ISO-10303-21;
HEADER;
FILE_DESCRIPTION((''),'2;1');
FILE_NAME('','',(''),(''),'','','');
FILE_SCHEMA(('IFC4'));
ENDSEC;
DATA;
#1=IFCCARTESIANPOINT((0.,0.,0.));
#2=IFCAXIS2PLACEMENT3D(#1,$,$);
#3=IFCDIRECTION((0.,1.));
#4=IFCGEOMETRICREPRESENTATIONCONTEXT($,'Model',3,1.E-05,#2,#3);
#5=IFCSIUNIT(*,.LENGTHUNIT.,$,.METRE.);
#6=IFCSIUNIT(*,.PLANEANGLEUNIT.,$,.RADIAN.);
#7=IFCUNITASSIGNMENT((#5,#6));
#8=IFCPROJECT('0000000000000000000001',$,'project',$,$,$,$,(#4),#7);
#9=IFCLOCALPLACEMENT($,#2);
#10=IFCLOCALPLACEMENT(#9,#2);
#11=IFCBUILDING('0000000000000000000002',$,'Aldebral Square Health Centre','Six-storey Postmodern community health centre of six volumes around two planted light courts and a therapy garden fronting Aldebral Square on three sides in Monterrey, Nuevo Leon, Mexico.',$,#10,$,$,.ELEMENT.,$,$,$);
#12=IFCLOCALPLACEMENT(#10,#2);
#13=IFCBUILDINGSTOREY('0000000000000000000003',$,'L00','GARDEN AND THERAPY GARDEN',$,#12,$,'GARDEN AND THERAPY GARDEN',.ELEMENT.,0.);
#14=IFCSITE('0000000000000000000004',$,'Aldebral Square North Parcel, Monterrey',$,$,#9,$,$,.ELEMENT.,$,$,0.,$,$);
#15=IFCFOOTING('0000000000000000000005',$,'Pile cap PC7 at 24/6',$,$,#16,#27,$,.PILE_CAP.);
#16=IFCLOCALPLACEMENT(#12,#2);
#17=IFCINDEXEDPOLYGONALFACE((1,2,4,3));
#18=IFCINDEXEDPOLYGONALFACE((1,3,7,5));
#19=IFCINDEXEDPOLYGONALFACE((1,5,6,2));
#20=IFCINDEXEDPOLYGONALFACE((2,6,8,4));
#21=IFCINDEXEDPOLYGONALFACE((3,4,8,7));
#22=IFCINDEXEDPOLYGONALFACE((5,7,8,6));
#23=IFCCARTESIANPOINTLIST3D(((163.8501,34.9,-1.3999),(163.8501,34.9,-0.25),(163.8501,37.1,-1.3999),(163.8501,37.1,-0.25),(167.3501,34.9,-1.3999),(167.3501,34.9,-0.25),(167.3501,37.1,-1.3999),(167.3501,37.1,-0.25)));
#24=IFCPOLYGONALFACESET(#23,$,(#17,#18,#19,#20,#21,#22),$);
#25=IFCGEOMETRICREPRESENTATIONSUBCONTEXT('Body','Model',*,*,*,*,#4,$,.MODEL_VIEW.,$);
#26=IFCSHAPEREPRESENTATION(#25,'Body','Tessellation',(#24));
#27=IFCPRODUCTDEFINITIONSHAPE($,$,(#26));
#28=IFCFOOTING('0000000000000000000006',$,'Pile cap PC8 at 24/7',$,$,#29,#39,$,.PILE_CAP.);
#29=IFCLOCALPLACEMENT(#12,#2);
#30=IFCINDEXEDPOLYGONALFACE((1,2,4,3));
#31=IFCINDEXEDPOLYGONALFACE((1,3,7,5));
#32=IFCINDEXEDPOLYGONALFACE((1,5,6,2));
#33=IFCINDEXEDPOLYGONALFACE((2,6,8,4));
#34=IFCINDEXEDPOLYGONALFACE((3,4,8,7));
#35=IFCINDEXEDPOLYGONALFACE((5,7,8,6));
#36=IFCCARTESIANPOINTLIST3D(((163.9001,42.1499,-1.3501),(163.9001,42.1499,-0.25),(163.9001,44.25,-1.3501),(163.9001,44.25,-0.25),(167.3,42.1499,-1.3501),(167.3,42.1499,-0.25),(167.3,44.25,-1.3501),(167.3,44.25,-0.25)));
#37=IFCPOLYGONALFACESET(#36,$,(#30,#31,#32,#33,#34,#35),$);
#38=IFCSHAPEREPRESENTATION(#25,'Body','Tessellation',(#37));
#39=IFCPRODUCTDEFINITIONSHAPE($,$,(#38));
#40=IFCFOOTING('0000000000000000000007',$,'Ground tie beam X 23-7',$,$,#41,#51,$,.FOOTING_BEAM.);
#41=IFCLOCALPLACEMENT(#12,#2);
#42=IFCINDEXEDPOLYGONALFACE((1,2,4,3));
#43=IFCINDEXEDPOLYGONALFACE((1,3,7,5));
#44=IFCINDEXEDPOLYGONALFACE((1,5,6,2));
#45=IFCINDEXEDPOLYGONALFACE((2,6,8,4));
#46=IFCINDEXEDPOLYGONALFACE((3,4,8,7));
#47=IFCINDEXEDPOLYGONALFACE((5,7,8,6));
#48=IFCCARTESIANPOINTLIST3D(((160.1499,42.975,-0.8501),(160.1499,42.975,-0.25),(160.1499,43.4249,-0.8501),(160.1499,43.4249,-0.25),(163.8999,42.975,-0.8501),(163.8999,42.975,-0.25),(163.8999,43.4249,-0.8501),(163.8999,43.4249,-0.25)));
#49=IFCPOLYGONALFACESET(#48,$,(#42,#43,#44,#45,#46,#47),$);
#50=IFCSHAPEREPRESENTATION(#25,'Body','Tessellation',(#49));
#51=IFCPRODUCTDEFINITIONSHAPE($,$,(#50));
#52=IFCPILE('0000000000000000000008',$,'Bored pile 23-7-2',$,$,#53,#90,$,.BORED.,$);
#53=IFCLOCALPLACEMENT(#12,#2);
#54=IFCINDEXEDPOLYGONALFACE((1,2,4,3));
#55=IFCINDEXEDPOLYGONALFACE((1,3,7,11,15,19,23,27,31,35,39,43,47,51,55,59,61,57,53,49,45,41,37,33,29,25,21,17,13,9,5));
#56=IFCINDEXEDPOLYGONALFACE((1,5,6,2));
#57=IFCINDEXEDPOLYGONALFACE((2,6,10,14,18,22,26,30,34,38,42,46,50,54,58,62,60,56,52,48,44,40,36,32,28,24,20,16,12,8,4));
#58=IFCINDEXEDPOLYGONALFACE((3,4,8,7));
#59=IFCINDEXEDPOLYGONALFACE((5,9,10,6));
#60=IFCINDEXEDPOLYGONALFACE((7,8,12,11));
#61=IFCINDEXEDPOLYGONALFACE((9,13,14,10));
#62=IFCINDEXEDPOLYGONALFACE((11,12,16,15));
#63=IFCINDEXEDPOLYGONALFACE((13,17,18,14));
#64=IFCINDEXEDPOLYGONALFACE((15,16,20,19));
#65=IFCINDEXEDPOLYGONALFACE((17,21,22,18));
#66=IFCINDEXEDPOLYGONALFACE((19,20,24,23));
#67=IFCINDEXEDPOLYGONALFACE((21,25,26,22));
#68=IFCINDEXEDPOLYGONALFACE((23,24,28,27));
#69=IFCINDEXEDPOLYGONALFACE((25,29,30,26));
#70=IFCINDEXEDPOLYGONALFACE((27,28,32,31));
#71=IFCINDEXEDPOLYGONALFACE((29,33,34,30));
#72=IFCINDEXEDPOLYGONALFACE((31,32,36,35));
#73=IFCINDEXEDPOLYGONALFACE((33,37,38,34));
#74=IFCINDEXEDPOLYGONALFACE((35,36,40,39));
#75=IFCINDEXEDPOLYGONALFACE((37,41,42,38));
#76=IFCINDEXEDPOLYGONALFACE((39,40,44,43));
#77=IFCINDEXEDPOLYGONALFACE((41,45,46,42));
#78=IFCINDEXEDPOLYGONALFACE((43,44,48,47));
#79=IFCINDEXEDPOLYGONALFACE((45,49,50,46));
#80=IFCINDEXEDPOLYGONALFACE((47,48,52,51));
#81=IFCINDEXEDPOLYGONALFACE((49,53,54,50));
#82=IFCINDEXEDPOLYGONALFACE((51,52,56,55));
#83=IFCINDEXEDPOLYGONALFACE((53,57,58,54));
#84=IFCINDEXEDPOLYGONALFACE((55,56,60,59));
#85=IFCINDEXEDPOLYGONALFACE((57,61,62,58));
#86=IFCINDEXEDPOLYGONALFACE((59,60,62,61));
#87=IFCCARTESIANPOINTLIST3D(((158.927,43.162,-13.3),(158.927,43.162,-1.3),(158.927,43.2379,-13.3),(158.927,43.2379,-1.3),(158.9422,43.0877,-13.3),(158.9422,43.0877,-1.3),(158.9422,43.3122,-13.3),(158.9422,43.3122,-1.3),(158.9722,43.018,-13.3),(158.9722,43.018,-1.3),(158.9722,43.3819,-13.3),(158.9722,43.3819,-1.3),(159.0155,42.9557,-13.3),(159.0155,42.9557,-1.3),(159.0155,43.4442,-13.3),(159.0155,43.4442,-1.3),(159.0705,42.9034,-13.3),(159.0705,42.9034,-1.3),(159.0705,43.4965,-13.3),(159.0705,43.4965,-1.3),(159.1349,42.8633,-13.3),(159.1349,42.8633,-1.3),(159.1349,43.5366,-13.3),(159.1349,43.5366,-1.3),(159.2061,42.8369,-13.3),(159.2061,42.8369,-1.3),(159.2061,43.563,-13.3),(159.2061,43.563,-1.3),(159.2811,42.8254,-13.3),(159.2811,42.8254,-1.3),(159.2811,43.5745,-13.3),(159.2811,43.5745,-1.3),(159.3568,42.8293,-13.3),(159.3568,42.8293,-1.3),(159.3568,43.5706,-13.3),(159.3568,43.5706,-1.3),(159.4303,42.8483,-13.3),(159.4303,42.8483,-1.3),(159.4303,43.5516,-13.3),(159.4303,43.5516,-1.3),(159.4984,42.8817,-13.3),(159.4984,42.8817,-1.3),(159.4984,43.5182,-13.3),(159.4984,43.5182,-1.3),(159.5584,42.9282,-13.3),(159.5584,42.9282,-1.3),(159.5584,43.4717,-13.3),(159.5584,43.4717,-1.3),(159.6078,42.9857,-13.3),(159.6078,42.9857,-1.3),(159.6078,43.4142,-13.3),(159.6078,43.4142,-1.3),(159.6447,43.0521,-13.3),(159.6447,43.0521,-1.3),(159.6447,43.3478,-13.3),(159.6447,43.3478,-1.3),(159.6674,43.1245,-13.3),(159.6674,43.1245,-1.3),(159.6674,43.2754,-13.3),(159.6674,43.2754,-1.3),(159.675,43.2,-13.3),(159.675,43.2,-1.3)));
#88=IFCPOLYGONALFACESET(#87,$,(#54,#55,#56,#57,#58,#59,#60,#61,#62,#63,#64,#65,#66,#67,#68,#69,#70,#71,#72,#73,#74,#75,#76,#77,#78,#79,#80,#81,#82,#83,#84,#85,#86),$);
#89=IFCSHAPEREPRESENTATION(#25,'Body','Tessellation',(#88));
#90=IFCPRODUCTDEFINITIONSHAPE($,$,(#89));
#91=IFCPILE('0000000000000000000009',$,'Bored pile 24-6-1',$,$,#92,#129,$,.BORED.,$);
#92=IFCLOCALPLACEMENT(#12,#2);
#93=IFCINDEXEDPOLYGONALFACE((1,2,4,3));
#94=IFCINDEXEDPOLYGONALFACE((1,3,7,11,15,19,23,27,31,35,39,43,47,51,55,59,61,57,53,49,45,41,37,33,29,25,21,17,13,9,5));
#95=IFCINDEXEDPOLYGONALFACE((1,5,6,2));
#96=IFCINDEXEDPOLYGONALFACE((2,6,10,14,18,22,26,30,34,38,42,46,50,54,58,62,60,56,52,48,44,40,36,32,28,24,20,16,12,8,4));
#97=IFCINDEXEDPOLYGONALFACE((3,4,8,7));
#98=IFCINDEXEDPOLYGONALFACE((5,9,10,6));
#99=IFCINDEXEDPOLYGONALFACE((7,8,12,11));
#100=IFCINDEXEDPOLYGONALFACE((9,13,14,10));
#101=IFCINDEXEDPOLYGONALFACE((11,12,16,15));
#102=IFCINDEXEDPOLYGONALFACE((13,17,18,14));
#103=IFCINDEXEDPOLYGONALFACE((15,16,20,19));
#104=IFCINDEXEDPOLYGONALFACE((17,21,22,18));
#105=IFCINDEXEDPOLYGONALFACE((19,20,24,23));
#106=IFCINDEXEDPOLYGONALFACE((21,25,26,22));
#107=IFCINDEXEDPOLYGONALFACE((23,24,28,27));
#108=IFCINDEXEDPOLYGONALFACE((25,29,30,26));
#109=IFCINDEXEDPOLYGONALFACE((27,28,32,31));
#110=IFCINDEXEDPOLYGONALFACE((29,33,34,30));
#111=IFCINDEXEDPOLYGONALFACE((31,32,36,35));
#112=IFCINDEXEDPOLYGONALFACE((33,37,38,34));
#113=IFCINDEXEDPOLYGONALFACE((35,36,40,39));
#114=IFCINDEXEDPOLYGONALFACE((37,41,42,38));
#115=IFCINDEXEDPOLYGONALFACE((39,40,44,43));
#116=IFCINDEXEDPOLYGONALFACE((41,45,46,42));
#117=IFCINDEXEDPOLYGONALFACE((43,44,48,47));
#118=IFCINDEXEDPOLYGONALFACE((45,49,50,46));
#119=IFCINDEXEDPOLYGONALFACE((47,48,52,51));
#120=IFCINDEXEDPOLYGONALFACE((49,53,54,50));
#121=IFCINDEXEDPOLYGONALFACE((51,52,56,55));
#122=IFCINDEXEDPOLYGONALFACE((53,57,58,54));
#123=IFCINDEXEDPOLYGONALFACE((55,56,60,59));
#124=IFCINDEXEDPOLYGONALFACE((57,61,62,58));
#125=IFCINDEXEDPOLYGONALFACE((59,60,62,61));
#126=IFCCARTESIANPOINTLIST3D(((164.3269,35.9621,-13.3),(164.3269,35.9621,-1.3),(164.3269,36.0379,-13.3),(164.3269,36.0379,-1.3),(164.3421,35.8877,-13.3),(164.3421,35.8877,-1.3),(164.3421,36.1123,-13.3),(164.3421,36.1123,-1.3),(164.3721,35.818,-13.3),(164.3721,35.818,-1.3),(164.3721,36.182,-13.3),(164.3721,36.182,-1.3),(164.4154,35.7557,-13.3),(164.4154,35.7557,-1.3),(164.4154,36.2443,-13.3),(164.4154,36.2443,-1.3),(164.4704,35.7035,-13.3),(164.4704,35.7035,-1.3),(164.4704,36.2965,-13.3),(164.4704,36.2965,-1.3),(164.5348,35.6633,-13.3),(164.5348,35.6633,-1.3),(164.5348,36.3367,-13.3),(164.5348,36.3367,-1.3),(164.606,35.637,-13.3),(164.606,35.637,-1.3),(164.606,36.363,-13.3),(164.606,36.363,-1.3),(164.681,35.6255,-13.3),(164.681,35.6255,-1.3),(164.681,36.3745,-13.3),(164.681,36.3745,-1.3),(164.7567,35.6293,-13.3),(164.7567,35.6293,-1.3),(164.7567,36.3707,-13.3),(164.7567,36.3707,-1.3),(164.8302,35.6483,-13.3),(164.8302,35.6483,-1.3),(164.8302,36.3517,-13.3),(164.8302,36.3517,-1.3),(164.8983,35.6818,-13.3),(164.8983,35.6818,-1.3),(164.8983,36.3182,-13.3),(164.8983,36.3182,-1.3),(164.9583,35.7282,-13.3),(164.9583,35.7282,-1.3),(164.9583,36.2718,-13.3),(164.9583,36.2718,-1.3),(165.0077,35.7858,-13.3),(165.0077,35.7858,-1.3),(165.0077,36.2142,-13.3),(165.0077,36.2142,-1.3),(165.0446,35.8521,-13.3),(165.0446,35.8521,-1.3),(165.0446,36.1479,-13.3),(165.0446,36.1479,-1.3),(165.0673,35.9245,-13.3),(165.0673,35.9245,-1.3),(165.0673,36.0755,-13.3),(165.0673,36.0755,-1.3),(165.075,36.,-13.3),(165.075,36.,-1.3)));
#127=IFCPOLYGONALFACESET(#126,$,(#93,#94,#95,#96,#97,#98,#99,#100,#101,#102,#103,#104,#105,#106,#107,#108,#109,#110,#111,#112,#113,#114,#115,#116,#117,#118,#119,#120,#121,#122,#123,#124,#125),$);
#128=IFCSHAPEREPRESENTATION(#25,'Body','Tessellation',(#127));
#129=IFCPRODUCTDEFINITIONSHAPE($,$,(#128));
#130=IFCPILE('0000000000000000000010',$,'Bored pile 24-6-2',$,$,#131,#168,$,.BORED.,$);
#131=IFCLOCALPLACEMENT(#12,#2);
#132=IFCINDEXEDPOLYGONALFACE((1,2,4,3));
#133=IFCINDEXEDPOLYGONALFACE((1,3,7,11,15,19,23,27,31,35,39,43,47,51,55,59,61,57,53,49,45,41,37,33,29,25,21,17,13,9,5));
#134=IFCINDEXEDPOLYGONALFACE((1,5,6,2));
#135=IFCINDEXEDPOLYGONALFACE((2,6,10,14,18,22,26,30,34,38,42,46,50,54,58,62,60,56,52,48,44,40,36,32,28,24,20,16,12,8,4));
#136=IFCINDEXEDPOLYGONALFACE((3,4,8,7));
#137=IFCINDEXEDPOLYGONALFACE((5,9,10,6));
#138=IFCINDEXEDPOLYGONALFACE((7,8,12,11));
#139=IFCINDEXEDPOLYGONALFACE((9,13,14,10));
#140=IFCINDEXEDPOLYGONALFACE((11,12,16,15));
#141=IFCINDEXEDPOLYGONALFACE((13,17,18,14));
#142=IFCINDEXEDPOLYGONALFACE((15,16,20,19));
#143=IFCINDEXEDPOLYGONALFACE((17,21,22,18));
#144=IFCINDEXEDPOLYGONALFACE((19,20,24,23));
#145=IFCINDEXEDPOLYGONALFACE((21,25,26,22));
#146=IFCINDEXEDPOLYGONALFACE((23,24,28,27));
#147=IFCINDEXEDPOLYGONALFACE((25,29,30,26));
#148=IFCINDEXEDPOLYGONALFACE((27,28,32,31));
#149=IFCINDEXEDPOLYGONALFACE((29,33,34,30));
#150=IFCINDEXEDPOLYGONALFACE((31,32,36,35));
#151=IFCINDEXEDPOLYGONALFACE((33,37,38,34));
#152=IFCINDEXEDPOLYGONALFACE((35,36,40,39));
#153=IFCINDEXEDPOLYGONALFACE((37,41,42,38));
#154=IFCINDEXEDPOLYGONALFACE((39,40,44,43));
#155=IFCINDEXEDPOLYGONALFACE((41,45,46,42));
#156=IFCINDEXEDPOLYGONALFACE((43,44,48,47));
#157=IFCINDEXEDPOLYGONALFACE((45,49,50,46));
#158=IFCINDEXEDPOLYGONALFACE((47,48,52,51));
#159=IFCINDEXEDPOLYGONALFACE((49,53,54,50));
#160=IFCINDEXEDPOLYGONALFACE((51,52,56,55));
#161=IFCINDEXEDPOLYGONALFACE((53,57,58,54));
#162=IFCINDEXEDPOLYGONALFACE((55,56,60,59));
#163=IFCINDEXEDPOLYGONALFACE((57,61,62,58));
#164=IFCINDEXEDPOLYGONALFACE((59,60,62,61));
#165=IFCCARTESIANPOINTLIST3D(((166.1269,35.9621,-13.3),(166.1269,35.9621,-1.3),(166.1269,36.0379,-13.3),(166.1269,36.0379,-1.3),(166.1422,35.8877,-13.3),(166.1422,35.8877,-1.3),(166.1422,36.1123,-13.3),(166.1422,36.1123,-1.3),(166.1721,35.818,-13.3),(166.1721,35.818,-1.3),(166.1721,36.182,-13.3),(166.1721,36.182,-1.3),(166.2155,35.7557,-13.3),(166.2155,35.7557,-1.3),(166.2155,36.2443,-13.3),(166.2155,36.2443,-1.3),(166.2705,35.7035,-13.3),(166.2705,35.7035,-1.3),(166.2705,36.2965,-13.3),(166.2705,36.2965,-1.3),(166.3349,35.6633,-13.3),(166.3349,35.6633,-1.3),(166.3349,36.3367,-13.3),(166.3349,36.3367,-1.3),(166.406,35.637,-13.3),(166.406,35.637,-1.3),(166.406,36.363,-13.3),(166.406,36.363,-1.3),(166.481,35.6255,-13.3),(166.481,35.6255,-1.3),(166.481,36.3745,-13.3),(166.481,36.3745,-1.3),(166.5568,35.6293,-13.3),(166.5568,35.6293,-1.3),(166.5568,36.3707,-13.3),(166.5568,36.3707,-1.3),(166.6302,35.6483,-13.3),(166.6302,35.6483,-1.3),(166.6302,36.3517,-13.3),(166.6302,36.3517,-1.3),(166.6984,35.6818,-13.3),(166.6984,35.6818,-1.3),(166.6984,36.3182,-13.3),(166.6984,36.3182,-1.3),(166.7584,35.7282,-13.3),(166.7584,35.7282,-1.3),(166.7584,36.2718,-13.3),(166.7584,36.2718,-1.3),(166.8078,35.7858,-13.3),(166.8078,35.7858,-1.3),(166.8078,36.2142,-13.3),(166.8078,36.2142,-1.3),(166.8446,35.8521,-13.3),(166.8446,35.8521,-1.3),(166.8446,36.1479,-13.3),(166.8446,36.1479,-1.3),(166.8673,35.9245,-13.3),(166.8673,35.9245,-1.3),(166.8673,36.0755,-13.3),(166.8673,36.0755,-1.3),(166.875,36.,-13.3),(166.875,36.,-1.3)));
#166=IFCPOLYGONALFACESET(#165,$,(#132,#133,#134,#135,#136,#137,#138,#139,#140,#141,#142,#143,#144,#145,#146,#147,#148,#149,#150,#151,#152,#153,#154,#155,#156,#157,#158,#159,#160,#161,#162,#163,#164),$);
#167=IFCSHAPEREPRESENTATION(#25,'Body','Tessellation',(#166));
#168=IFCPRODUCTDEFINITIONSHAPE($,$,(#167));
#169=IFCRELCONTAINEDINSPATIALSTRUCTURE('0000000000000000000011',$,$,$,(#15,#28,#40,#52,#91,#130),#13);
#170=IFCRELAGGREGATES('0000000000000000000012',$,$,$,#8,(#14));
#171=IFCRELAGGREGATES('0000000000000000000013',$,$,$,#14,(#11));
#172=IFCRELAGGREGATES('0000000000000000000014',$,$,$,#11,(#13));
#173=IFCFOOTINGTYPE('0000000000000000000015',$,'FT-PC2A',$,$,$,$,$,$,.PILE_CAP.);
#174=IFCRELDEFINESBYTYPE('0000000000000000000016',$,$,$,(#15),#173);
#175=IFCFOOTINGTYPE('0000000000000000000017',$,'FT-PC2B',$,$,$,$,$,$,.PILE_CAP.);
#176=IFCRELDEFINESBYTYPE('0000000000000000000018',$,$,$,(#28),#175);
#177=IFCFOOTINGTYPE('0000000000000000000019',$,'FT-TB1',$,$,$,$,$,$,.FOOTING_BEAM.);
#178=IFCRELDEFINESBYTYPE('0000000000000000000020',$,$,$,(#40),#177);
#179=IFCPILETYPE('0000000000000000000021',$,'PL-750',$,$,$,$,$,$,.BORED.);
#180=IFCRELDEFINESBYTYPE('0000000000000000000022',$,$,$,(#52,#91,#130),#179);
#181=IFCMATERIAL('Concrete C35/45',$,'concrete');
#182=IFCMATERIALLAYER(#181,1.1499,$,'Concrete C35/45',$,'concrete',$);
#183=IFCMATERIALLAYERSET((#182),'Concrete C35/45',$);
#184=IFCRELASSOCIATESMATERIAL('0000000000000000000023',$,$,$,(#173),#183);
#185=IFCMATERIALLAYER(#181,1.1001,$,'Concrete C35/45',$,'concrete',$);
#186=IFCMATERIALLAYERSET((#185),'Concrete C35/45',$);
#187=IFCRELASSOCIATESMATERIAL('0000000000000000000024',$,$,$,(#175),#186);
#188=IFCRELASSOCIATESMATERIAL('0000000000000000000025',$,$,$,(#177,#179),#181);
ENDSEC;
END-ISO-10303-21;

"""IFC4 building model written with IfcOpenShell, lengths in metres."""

from ifc_helpers import new_model, si_unit, direction, frame, origin, origin_2d, place, context, subcontext, project, spatial, rectangle, circle, extrude, material, layer, layer_set, material_profile, profile_set, type_object, element, save


model = new_model("IFC4")

# Units and contexts
model_context = context("Model", 3, precision=1e-05, world=origin(), true_north=direction((0.0, 1.0)))
body_context = subcontext(model_context, "Body", "Model", "MODEL_VIEW")
ifc_project = project(units=[si_unit("LENGTHUNIT", "METRE"), si_unit("PLANEANGLEUNIT", "RADIAN")], contexts=[model_context])

# Site, building, storey
site_placement = place(None, origin())
site = spatial("IfcSite", under=ifc_project, at=site_placement, Name="Aldebral Square North Parcel, Monterrey", CompositionType="ELEMENT", RefElevation=0.0)
building_placement = place(site_placement, origin())
building = spatial("IfcBuilding", under=site, at=building_placement, Name="Aldebral Square Health Centre", Description="Six-storey Postmodern community health centre of six volumes around two planted light courts and a therapy garden fronting Aldebral Square on three sides in Monterrey, Nuevo Leon, Mexico.", CompositionType="ELEMENT")
storey_placement = place(building_placement, origin())
storey = spatial("IfcBuildingStorey", under=building, at=storey_placement, Name="L00", Description="GARDEN AND THERAPY GARDEN", LongName="GARDEN AND THERAPY GARDEN", CompositionType="ELEMENT", Elevation=0.0)

# Footings
ifc_material_1 = material(Name="Concrete C35/45", Category="concrete")
ifc_layer_1 = layer(ifc_material_1, 1.1499, Name="Concrete C35/45", Category="concrete")
ifc_layer_set_1 = layer_set([ifc_layer_1], Name="Concrete C35/45")
footing_type_1 = type_object("IfcFootingType", Name="FT-PC2A", PredefinedType="PILE_CAP", material=ifc_layer_set_1)
footing_1_placement = place(storey_placement, frame((165.6001, 36.0, -1.3999), z_axis=(0.0, 0.0, 1.0), x_axis=(1.0, 0.0, 0.0)))
element("IfcFooting", 1, at=footing_1_placement, inside=storey, type_object=footing_type_1, Name="Pile cap PC7 at 24/6", PredefinedType="PILE_CAP", context=body_context, shape_type="SweptSolid", body=[
    extrude(rectangle(XDim=3.5, YDim=2.2, at=origin_2d()), origin(), (0.0, 0.0, 1.0), 1.1499),
])
ifc_layer_2 = layer(ifc_material_1, 1.1001, Name="Concrete C35/45", Category="concrete")
ifc_layer_set_2 = layer_set([ifc_layer_2], Name="Concrete C35/45")
footing_type_2 = type_object("IfcFootingType", Name="FT-PC2B", PredefinedType="PILE_CAP", material=ifc_layer_set_2)
footing_2_placement = place(storey_placement, frame((165.6001, 43.2, -1.3501), z_axis=(0.0, 0.0, 1.0), x_axis=(1.0, 0.0, 0.0)))
element("IfcFooting", 2, at=footing_2_placement, inside=storey, type_object=footing_type_2, Name="Pile cap PC8 at 24/7", PredefinedType="PILE_CAP", context=body_context, shape_type="SweptSolid", body=[
    extrude(rectangle(XDim=3.3999, YDim=2.1001, at=origin_2d()), origin(), (0.0, 0.0, 1.0), 1.1001),
])
ifc_material_profile_1 = material_profile(ifc_material_1, rectangle(XDim=0.45, YDim=0.6001, at=origin_2d()), Name="RC 450x600")
ifc_profile_set_1 = profile_set([ifc_material_profile_1], Name="Concrete C35/45")
footing_type_3 = type_object("IfcFootingType", Name="FT-TB1", PredefinedType="FOOTING_BEAM", material=ifc_profile_set_1)
footing_3_placement = place(storey_placement, frame((160.1499, 43.2, -0.55), z_axis=(1.0, 0.0, 0.0), x_axis=(0.0, 1.0, 0.0)))
element("IfcFooting", 3, at=footing_3_placement, inside=storey, type_object=footing_type_3, Name="Ground tie beam X 23-7", PredefinedType="FOOTING_BEAM", context=body_context, shape_type="SweptSolid", body=[
    extrude(rectangle(XDim=0.45, YDim=0.6001, at=origin_2d()), origin(), (0.0, 0.0, 1.0), 3.75),
])

# Piles
ifc_material_profile_2 = material_profile(ifc_material_1, circle(Radius=0.375, at=origin_2d()), Name="PILE D750")
ifc_profile_set_2 = profile_set([ifc_material_profile_2], Name="Concrete C35/45")
pile_type = type_object("IfcPileType", Name="PL-750", PredefinedType="BORED", material=ifc_profile_set_2)
for number, where, z_axis, x_axis, name in (
    (4, (159.3, 43.2, -1.3), (0.0, 0.0, -1.0), (1.0, 0.0, 0.0), "Bored pile 23-7-2"),
    (5, (164.7, 36.0, -1.3), (0.0, 0.0, -1.0), (1.0, 0.0, 0.0), "Bored pile 24-6-1"),
    (6, (166.5, 36.0, -1.3), (0.0, 0.0, -1.0), (1.0, 0.0, 0.0), "Bored pile 24-6-2"),
):
    element("IfcPile", number, at=place(storey_placement, frame(where, z_axis=z_axis, x_axis=x_axis)), inside=storey, type_object=pile_type, Name=name, PredefinedType="BORED", context=body_context, shape_type="SweptSolid", body=[
        extrude(circle(Radius=0.375, at=origin_2d()), origin(), (0.0, 0.0, 1.0), 12.0),
    ])

save(model, "model.ifc")
